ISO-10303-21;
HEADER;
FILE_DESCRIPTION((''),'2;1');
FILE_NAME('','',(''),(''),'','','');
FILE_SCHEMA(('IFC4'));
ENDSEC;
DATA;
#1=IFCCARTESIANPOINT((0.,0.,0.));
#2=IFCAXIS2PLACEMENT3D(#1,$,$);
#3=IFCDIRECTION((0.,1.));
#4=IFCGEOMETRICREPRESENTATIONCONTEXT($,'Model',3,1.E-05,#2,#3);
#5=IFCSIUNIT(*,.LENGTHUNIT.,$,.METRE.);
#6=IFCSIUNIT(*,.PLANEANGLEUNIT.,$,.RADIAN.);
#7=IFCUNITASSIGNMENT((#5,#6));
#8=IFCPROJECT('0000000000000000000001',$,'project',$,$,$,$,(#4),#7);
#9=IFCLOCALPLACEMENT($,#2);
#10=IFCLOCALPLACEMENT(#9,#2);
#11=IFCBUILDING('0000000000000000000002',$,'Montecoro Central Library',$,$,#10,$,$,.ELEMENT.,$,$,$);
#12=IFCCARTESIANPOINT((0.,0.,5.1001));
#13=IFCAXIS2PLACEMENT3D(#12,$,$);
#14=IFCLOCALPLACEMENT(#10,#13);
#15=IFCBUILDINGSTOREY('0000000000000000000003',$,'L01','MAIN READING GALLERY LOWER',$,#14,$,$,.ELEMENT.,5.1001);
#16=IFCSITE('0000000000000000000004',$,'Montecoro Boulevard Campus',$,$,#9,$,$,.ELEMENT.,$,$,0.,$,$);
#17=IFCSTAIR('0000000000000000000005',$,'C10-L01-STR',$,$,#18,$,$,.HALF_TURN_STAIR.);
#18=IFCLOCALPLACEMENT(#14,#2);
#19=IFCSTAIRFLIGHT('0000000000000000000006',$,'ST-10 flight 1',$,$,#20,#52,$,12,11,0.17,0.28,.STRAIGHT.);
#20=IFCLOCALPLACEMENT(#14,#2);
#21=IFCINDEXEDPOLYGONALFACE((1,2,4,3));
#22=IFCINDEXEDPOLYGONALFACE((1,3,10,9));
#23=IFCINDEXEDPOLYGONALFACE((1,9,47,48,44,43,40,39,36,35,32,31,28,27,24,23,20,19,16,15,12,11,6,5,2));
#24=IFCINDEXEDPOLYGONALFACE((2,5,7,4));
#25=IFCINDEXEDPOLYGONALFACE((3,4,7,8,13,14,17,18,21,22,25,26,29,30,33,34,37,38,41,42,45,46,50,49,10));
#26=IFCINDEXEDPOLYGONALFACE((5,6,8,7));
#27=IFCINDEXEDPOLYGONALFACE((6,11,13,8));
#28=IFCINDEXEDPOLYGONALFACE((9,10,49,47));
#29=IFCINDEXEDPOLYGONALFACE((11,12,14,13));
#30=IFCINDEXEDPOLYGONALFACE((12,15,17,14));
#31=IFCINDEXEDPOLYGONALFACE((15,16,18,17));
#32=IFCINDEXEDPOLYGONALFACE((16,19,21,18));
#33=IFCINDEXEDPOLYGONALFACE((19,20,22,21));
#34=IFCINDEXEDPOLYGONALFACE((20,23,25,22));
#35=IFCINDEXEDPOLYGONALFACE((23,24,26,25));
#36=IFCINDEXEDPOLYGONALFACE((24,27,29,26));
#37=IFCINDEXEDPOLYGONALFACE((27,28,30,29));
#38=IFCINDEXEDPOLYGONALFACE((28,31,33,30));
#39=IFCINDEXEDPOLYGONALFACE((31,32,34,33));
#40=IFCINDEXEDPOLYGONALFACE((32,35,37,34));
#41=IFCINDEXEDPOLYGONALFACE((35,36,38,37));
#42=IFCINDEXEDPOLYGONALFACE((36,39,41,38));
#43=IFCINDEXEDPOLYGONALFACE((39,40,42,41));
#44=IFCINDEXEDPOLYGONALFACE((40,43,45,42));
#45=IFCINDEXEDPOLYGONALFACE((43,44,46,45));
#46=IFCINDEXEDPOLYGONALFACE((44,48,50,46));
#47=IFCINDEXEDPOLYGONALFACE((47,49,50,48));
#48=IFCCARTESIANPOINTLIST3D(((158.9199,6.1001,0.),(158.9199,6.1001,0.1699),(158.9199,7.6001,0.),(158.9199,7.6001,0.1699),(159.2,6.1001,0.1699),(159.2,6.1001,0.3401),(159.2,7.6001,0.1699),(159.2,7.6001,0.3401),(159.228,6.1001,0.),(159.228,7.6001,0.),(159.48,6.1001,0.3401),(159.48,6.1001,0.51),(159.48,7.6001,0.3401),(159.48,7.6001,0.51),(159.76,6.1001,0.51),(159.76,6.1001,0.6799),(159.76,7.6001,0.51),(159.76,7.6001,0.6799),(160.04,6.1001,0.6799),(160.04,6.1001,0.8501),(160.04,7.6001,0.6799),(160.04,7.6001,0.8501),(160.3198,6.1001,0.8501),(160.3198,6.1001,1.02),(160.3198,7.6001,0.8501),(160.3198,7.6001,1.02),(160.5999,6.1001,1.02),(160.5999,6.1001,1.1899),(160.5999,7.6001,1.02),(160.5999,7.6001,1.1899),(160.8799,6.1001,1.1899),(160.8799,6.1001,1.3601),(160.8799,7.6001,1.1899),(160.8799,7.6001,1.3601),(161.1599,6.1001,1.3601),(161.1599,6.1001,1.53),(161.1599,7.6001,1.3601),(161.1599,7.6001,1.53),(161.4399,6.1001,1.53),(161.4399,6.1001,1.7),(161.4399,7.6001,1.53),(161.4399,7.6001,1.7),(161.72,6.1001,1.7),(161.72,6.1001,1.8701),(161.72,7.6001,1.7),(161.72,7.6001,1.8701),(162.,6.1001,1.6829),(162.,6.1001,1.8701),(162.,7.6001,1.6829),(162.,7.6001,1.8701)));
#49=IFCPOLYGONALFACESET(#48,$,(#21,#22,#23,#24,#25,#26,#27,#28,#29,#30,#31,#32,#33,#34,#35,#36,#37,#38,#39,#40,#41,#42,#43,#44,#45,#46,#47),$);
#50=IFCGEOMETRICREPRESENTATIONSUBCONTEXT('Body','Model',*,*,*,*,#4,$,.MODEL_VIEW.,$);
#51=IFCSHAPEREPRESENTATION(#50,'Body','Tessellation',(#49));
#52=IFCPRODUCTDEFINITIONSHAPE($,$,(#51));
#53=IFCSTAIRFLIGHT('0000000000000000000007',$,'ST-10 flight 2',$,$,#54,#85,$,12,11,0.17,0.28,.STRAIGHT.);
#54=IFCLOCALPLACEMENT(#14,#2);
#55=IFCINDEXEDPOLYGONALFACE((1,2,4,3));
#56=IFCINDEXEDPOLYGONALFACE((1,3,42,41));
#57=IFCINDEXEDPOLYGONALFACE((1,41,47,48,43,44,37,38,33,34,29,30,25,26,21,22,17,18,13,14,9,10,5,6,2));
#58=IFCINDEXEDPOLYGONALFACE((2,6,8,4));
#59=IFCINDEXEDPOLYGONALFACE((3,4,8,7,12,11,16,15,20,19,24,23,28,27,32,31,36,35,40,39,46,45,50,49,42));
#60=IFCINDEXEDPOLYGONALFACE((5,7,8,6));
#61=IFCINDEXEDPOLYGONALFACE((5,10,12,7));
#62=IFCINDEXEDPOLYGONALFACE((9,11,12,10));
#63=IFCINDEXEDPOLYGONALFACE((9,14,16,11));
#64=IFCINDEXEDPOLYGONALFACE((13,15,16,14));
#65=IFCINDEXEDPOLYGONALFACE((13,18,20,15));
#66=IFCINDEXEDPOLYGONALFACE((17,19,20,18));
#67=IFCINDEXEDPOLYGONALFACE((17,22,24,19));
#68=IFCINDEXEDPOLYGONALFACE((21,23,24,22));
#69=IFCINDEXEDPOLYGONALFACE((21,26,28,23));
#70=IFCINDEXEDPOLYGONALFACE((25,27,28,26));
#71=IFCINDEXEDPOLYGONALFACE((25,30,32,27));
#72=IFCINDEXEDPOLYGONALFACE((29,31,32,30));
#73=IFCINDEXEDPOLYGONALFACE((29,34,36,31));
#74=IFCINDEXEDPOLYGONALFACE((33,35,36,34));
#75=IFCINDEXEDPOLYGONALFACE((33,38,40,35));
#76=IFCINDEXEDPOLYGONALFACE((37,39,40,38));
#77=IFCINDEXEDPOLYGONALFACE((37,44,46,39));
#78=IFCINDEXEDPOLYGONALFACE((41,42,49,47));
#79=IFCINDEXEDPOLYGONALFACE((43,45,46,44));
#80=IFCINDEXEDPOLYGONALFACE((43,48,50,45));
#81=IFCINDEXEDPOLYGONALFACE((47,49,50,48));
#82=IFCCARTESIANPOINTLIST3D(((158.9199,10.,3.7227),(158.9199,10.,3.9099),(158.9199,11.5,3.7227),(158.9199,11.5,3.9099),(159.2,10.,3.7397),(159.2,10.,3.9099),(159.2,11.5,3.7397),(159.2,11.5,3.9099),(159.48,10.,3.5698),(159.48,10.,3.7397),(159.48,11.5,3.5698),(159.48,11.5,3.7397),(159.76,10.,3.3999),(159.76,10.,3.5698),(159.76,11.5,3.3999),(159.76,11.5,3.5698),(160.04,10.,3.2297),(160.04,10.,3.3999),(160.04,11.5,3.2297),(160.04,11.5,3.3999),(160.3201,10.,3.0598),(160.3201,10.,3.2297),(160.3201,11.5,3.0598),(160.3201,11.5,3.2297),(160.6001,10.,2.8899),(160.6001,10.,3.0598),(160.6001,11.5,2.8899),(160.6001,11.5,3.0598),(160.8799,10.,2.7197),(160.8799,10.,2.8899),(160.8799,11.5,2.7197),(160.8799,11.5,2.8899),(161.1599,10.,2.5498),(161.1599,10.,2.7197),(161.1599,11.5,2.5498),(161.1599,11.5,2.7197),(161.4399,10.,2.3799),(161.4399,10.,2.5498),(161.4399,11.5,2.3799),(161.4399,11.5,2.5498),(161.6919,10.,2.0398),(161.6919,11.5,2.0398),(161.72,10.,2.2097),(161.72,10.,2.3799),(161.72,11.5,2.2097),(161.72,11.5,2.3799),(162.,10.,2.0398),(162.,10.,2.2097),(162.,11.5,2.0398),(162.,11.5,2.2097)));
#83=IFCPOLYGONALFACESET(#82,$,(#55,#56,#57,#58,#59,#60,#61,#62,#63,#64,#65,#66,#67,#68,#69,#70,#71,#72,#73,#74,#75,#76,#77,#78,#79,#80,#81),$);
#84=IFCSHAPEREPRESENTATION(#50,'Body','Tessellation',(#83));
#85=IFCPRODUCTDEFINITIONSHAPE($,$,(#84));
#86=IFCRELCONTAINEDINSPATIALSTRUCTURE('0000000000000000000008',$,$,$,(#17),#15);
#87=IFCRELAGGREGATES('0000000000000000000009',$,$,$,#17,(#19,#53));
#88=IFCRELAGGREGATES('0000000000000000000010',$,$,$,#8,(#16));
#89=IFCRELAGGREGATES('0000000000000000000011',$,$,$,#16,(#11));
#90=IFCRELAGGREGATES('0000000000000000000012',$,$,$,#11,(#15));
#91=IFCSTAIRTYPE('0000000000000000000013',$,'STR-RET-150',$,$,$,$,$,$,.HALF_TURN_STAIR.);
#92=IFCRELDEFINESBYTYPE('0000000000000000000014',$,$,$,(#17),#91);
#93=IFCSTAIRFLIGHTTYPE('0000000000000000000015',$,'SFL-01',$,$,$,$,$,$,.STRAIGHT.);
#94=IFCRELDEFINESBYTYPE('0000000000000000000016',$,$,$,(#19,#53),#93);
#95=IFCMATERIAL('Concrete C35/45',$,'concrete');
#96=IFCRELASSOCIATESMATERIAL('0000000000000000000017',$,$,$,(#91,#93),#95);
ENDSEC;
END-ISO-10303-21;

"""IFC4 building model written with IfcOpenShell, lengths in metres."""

from ifc_helpers import new_model, si_unit, direction, frame, origin, place, context, subcontext, project, spatial, polyline, outline, extrude, material, type_object, element, aggregate, save


model = new_model("IFC4")

# Units and contexts
model_context = context("Model", 3, precision=1e-05, world=origin(), true_north=direction((0.0, 1.0)))
body_context = subcontext(model_context, "Body", "Model", "MODEL_VIEW")
ifc_project = project(units=[si_unit("LENGTHUNIT", "METRE"), si_unit("PLANEANGLEUNIT", "RADIAN")], contexts=[model_context])

# Site, building, storey
site_placement = place(None, origin())
site = spatial("IfcSite", under=ifc_project, at=site_placement, Name="Montecoro Boulevard Campus", CompositionType="ELEMENT", RefElevation=0.0)
building_placement = place(site_placement, origin())
building = spatial("IfcBuilding", under=site, at=building_placement, Name="Montecoro Central Library", CompositionType="ELEMENT")
storey_placement = place(building_placement, frame((0.0, 0.0, 5.1001)))
storey = spatial("IfcBuildingStorey", under=building, at=storey_placement, Name="L01", Description="MAIN READING GALLERY LOWER", CompositionType="ELEMENT", Elevation=5.1001)

# Shared definitions
ifc_material_1 = material(Name="Concrete C35/45", Category="concrete")

# Stair, stair flights
stair_type = type_object("IfcStairType", Name="STR-RET-150", PredefinedType="HALF_TURN_STAIR", material=ifc_material_1)
stair_placement = place(storey_placement, origin())
stair = element("IfcStair", 1, at=stair_placement, inside=storey, type_object=stair_type, Name="C10-L01-STR", PredefinedType="HALF_TURN_STAIR")
stair_flight_type = type_object("IfcStairFlightType", Name="SFL-01", PredefinedType="STRAIGHT", material=ifc_material_1)
stair_flight_1_placement = place(storey_placement, frame((158.9199, 6.8501, 0.0), z_axis=(0.0, 0.0, 1.0), x_axis=(1.0, 0.0, 0.0)))
stair_flight_1 = element("IfcStairFlight", 2, at=stair_flight_1_placement, type_object=stair_flight_type, Name="ST-10 flight 1", NumberOfRisers=12, NumberOfTreads=11, PredefinedType="STRAIGHT", RiserHeight=0.17, TreadLength=0.28, context=body_context, shape_type="SweptSolid", body=[
    extrude(outline(polyline([(0.0, 0.0), (0.0, 0.1699), (0.28, 0.1699), (0.28, 0.3401), (0.5601, 0.3401), (0.5601, 0.51), (0.8401, 0.51), (0.8401, 0.6799), (1.1201, 0.6799), (1.1201, 0.8501), (1.3999, 0.8501), (1.3999, 1.02), (1.6799, 1.02), (1.6799, 1.1899), (1.96, 1.1899), (1.96, 1.3601), (2.24, 1.3601), (2.24, 1.53), (2.52, 1.53), (2.52, 1.7), (2.8, 1.7), (2.8, 1.8701), (3.0801, 1.8701), (3.0801, 2.04), (3.0801, 1.6829), (0.3081, 0.0), (0.0, 0.0)])), frame((0.0, 0.75, 0.0), z_axis=(0.0, -1.0, 0.0), x_axis=(1.0, 0.0, 0.0)), (0.0, 0.0, 1.0), 1.5),
])
stair_flight_2_placement = place(storey_placement, frame((162.0, 10.75, 2.0398), z_axis=(0.0, 0.0, 1.0), x_axis=(-1.0, 0.0, 0.0)))
stair_flight_2 = element("IfcStairFlight", 3, at=stair_flight_2_placement, type_object=stair_flight_type, Name="ST-10 flight 2", NumberOfRisers=12, NumberOfTreads=11, PredefinedType="STRAIGHT", RiserHeight=0.17, TreadLength=0.28, context=body_context, shape_type="SweptSolid", body=[
    extrude(outline(polyline([(0.0, 0.0), (0.0, 0.1699), (0.28, 0.1699), (0.28, 0.3401), (0.5601, 0.3401), (0.5601, 0.51), (0.8401, 0.51), (0.8401, 0.6799), (1.1201, 0.6799), (1.1201, 0.8501), (1.3999, 0.8501), (1.3999, 1.02), (1.6799, 1.02), (1.6799, 1.1899), (1.96, 1.1899), (1.96, 1.3601), (2.24, 1.3601), (2.24, 1.53), (2.52, 1.53), (2.52, 1.7), (2.8, 1.7), (2.8, 1.8701), (3.0801, 1.8701), (3.0801, 2.04), (3.0801, 1.6829), (0.3081, 0.0), (0.0, 0.0)])), frame((0.0, 0.75, 0.0), z_axis=(0.0, -1.0, 0.0), x_axis=(1.0, 0.0, 0.0)), (0.0, 0.0, 1.0), 1.5),
])
aggregate(stair, [stair_flight_1, stair_flight_2])

save(model, "model.ifc")
